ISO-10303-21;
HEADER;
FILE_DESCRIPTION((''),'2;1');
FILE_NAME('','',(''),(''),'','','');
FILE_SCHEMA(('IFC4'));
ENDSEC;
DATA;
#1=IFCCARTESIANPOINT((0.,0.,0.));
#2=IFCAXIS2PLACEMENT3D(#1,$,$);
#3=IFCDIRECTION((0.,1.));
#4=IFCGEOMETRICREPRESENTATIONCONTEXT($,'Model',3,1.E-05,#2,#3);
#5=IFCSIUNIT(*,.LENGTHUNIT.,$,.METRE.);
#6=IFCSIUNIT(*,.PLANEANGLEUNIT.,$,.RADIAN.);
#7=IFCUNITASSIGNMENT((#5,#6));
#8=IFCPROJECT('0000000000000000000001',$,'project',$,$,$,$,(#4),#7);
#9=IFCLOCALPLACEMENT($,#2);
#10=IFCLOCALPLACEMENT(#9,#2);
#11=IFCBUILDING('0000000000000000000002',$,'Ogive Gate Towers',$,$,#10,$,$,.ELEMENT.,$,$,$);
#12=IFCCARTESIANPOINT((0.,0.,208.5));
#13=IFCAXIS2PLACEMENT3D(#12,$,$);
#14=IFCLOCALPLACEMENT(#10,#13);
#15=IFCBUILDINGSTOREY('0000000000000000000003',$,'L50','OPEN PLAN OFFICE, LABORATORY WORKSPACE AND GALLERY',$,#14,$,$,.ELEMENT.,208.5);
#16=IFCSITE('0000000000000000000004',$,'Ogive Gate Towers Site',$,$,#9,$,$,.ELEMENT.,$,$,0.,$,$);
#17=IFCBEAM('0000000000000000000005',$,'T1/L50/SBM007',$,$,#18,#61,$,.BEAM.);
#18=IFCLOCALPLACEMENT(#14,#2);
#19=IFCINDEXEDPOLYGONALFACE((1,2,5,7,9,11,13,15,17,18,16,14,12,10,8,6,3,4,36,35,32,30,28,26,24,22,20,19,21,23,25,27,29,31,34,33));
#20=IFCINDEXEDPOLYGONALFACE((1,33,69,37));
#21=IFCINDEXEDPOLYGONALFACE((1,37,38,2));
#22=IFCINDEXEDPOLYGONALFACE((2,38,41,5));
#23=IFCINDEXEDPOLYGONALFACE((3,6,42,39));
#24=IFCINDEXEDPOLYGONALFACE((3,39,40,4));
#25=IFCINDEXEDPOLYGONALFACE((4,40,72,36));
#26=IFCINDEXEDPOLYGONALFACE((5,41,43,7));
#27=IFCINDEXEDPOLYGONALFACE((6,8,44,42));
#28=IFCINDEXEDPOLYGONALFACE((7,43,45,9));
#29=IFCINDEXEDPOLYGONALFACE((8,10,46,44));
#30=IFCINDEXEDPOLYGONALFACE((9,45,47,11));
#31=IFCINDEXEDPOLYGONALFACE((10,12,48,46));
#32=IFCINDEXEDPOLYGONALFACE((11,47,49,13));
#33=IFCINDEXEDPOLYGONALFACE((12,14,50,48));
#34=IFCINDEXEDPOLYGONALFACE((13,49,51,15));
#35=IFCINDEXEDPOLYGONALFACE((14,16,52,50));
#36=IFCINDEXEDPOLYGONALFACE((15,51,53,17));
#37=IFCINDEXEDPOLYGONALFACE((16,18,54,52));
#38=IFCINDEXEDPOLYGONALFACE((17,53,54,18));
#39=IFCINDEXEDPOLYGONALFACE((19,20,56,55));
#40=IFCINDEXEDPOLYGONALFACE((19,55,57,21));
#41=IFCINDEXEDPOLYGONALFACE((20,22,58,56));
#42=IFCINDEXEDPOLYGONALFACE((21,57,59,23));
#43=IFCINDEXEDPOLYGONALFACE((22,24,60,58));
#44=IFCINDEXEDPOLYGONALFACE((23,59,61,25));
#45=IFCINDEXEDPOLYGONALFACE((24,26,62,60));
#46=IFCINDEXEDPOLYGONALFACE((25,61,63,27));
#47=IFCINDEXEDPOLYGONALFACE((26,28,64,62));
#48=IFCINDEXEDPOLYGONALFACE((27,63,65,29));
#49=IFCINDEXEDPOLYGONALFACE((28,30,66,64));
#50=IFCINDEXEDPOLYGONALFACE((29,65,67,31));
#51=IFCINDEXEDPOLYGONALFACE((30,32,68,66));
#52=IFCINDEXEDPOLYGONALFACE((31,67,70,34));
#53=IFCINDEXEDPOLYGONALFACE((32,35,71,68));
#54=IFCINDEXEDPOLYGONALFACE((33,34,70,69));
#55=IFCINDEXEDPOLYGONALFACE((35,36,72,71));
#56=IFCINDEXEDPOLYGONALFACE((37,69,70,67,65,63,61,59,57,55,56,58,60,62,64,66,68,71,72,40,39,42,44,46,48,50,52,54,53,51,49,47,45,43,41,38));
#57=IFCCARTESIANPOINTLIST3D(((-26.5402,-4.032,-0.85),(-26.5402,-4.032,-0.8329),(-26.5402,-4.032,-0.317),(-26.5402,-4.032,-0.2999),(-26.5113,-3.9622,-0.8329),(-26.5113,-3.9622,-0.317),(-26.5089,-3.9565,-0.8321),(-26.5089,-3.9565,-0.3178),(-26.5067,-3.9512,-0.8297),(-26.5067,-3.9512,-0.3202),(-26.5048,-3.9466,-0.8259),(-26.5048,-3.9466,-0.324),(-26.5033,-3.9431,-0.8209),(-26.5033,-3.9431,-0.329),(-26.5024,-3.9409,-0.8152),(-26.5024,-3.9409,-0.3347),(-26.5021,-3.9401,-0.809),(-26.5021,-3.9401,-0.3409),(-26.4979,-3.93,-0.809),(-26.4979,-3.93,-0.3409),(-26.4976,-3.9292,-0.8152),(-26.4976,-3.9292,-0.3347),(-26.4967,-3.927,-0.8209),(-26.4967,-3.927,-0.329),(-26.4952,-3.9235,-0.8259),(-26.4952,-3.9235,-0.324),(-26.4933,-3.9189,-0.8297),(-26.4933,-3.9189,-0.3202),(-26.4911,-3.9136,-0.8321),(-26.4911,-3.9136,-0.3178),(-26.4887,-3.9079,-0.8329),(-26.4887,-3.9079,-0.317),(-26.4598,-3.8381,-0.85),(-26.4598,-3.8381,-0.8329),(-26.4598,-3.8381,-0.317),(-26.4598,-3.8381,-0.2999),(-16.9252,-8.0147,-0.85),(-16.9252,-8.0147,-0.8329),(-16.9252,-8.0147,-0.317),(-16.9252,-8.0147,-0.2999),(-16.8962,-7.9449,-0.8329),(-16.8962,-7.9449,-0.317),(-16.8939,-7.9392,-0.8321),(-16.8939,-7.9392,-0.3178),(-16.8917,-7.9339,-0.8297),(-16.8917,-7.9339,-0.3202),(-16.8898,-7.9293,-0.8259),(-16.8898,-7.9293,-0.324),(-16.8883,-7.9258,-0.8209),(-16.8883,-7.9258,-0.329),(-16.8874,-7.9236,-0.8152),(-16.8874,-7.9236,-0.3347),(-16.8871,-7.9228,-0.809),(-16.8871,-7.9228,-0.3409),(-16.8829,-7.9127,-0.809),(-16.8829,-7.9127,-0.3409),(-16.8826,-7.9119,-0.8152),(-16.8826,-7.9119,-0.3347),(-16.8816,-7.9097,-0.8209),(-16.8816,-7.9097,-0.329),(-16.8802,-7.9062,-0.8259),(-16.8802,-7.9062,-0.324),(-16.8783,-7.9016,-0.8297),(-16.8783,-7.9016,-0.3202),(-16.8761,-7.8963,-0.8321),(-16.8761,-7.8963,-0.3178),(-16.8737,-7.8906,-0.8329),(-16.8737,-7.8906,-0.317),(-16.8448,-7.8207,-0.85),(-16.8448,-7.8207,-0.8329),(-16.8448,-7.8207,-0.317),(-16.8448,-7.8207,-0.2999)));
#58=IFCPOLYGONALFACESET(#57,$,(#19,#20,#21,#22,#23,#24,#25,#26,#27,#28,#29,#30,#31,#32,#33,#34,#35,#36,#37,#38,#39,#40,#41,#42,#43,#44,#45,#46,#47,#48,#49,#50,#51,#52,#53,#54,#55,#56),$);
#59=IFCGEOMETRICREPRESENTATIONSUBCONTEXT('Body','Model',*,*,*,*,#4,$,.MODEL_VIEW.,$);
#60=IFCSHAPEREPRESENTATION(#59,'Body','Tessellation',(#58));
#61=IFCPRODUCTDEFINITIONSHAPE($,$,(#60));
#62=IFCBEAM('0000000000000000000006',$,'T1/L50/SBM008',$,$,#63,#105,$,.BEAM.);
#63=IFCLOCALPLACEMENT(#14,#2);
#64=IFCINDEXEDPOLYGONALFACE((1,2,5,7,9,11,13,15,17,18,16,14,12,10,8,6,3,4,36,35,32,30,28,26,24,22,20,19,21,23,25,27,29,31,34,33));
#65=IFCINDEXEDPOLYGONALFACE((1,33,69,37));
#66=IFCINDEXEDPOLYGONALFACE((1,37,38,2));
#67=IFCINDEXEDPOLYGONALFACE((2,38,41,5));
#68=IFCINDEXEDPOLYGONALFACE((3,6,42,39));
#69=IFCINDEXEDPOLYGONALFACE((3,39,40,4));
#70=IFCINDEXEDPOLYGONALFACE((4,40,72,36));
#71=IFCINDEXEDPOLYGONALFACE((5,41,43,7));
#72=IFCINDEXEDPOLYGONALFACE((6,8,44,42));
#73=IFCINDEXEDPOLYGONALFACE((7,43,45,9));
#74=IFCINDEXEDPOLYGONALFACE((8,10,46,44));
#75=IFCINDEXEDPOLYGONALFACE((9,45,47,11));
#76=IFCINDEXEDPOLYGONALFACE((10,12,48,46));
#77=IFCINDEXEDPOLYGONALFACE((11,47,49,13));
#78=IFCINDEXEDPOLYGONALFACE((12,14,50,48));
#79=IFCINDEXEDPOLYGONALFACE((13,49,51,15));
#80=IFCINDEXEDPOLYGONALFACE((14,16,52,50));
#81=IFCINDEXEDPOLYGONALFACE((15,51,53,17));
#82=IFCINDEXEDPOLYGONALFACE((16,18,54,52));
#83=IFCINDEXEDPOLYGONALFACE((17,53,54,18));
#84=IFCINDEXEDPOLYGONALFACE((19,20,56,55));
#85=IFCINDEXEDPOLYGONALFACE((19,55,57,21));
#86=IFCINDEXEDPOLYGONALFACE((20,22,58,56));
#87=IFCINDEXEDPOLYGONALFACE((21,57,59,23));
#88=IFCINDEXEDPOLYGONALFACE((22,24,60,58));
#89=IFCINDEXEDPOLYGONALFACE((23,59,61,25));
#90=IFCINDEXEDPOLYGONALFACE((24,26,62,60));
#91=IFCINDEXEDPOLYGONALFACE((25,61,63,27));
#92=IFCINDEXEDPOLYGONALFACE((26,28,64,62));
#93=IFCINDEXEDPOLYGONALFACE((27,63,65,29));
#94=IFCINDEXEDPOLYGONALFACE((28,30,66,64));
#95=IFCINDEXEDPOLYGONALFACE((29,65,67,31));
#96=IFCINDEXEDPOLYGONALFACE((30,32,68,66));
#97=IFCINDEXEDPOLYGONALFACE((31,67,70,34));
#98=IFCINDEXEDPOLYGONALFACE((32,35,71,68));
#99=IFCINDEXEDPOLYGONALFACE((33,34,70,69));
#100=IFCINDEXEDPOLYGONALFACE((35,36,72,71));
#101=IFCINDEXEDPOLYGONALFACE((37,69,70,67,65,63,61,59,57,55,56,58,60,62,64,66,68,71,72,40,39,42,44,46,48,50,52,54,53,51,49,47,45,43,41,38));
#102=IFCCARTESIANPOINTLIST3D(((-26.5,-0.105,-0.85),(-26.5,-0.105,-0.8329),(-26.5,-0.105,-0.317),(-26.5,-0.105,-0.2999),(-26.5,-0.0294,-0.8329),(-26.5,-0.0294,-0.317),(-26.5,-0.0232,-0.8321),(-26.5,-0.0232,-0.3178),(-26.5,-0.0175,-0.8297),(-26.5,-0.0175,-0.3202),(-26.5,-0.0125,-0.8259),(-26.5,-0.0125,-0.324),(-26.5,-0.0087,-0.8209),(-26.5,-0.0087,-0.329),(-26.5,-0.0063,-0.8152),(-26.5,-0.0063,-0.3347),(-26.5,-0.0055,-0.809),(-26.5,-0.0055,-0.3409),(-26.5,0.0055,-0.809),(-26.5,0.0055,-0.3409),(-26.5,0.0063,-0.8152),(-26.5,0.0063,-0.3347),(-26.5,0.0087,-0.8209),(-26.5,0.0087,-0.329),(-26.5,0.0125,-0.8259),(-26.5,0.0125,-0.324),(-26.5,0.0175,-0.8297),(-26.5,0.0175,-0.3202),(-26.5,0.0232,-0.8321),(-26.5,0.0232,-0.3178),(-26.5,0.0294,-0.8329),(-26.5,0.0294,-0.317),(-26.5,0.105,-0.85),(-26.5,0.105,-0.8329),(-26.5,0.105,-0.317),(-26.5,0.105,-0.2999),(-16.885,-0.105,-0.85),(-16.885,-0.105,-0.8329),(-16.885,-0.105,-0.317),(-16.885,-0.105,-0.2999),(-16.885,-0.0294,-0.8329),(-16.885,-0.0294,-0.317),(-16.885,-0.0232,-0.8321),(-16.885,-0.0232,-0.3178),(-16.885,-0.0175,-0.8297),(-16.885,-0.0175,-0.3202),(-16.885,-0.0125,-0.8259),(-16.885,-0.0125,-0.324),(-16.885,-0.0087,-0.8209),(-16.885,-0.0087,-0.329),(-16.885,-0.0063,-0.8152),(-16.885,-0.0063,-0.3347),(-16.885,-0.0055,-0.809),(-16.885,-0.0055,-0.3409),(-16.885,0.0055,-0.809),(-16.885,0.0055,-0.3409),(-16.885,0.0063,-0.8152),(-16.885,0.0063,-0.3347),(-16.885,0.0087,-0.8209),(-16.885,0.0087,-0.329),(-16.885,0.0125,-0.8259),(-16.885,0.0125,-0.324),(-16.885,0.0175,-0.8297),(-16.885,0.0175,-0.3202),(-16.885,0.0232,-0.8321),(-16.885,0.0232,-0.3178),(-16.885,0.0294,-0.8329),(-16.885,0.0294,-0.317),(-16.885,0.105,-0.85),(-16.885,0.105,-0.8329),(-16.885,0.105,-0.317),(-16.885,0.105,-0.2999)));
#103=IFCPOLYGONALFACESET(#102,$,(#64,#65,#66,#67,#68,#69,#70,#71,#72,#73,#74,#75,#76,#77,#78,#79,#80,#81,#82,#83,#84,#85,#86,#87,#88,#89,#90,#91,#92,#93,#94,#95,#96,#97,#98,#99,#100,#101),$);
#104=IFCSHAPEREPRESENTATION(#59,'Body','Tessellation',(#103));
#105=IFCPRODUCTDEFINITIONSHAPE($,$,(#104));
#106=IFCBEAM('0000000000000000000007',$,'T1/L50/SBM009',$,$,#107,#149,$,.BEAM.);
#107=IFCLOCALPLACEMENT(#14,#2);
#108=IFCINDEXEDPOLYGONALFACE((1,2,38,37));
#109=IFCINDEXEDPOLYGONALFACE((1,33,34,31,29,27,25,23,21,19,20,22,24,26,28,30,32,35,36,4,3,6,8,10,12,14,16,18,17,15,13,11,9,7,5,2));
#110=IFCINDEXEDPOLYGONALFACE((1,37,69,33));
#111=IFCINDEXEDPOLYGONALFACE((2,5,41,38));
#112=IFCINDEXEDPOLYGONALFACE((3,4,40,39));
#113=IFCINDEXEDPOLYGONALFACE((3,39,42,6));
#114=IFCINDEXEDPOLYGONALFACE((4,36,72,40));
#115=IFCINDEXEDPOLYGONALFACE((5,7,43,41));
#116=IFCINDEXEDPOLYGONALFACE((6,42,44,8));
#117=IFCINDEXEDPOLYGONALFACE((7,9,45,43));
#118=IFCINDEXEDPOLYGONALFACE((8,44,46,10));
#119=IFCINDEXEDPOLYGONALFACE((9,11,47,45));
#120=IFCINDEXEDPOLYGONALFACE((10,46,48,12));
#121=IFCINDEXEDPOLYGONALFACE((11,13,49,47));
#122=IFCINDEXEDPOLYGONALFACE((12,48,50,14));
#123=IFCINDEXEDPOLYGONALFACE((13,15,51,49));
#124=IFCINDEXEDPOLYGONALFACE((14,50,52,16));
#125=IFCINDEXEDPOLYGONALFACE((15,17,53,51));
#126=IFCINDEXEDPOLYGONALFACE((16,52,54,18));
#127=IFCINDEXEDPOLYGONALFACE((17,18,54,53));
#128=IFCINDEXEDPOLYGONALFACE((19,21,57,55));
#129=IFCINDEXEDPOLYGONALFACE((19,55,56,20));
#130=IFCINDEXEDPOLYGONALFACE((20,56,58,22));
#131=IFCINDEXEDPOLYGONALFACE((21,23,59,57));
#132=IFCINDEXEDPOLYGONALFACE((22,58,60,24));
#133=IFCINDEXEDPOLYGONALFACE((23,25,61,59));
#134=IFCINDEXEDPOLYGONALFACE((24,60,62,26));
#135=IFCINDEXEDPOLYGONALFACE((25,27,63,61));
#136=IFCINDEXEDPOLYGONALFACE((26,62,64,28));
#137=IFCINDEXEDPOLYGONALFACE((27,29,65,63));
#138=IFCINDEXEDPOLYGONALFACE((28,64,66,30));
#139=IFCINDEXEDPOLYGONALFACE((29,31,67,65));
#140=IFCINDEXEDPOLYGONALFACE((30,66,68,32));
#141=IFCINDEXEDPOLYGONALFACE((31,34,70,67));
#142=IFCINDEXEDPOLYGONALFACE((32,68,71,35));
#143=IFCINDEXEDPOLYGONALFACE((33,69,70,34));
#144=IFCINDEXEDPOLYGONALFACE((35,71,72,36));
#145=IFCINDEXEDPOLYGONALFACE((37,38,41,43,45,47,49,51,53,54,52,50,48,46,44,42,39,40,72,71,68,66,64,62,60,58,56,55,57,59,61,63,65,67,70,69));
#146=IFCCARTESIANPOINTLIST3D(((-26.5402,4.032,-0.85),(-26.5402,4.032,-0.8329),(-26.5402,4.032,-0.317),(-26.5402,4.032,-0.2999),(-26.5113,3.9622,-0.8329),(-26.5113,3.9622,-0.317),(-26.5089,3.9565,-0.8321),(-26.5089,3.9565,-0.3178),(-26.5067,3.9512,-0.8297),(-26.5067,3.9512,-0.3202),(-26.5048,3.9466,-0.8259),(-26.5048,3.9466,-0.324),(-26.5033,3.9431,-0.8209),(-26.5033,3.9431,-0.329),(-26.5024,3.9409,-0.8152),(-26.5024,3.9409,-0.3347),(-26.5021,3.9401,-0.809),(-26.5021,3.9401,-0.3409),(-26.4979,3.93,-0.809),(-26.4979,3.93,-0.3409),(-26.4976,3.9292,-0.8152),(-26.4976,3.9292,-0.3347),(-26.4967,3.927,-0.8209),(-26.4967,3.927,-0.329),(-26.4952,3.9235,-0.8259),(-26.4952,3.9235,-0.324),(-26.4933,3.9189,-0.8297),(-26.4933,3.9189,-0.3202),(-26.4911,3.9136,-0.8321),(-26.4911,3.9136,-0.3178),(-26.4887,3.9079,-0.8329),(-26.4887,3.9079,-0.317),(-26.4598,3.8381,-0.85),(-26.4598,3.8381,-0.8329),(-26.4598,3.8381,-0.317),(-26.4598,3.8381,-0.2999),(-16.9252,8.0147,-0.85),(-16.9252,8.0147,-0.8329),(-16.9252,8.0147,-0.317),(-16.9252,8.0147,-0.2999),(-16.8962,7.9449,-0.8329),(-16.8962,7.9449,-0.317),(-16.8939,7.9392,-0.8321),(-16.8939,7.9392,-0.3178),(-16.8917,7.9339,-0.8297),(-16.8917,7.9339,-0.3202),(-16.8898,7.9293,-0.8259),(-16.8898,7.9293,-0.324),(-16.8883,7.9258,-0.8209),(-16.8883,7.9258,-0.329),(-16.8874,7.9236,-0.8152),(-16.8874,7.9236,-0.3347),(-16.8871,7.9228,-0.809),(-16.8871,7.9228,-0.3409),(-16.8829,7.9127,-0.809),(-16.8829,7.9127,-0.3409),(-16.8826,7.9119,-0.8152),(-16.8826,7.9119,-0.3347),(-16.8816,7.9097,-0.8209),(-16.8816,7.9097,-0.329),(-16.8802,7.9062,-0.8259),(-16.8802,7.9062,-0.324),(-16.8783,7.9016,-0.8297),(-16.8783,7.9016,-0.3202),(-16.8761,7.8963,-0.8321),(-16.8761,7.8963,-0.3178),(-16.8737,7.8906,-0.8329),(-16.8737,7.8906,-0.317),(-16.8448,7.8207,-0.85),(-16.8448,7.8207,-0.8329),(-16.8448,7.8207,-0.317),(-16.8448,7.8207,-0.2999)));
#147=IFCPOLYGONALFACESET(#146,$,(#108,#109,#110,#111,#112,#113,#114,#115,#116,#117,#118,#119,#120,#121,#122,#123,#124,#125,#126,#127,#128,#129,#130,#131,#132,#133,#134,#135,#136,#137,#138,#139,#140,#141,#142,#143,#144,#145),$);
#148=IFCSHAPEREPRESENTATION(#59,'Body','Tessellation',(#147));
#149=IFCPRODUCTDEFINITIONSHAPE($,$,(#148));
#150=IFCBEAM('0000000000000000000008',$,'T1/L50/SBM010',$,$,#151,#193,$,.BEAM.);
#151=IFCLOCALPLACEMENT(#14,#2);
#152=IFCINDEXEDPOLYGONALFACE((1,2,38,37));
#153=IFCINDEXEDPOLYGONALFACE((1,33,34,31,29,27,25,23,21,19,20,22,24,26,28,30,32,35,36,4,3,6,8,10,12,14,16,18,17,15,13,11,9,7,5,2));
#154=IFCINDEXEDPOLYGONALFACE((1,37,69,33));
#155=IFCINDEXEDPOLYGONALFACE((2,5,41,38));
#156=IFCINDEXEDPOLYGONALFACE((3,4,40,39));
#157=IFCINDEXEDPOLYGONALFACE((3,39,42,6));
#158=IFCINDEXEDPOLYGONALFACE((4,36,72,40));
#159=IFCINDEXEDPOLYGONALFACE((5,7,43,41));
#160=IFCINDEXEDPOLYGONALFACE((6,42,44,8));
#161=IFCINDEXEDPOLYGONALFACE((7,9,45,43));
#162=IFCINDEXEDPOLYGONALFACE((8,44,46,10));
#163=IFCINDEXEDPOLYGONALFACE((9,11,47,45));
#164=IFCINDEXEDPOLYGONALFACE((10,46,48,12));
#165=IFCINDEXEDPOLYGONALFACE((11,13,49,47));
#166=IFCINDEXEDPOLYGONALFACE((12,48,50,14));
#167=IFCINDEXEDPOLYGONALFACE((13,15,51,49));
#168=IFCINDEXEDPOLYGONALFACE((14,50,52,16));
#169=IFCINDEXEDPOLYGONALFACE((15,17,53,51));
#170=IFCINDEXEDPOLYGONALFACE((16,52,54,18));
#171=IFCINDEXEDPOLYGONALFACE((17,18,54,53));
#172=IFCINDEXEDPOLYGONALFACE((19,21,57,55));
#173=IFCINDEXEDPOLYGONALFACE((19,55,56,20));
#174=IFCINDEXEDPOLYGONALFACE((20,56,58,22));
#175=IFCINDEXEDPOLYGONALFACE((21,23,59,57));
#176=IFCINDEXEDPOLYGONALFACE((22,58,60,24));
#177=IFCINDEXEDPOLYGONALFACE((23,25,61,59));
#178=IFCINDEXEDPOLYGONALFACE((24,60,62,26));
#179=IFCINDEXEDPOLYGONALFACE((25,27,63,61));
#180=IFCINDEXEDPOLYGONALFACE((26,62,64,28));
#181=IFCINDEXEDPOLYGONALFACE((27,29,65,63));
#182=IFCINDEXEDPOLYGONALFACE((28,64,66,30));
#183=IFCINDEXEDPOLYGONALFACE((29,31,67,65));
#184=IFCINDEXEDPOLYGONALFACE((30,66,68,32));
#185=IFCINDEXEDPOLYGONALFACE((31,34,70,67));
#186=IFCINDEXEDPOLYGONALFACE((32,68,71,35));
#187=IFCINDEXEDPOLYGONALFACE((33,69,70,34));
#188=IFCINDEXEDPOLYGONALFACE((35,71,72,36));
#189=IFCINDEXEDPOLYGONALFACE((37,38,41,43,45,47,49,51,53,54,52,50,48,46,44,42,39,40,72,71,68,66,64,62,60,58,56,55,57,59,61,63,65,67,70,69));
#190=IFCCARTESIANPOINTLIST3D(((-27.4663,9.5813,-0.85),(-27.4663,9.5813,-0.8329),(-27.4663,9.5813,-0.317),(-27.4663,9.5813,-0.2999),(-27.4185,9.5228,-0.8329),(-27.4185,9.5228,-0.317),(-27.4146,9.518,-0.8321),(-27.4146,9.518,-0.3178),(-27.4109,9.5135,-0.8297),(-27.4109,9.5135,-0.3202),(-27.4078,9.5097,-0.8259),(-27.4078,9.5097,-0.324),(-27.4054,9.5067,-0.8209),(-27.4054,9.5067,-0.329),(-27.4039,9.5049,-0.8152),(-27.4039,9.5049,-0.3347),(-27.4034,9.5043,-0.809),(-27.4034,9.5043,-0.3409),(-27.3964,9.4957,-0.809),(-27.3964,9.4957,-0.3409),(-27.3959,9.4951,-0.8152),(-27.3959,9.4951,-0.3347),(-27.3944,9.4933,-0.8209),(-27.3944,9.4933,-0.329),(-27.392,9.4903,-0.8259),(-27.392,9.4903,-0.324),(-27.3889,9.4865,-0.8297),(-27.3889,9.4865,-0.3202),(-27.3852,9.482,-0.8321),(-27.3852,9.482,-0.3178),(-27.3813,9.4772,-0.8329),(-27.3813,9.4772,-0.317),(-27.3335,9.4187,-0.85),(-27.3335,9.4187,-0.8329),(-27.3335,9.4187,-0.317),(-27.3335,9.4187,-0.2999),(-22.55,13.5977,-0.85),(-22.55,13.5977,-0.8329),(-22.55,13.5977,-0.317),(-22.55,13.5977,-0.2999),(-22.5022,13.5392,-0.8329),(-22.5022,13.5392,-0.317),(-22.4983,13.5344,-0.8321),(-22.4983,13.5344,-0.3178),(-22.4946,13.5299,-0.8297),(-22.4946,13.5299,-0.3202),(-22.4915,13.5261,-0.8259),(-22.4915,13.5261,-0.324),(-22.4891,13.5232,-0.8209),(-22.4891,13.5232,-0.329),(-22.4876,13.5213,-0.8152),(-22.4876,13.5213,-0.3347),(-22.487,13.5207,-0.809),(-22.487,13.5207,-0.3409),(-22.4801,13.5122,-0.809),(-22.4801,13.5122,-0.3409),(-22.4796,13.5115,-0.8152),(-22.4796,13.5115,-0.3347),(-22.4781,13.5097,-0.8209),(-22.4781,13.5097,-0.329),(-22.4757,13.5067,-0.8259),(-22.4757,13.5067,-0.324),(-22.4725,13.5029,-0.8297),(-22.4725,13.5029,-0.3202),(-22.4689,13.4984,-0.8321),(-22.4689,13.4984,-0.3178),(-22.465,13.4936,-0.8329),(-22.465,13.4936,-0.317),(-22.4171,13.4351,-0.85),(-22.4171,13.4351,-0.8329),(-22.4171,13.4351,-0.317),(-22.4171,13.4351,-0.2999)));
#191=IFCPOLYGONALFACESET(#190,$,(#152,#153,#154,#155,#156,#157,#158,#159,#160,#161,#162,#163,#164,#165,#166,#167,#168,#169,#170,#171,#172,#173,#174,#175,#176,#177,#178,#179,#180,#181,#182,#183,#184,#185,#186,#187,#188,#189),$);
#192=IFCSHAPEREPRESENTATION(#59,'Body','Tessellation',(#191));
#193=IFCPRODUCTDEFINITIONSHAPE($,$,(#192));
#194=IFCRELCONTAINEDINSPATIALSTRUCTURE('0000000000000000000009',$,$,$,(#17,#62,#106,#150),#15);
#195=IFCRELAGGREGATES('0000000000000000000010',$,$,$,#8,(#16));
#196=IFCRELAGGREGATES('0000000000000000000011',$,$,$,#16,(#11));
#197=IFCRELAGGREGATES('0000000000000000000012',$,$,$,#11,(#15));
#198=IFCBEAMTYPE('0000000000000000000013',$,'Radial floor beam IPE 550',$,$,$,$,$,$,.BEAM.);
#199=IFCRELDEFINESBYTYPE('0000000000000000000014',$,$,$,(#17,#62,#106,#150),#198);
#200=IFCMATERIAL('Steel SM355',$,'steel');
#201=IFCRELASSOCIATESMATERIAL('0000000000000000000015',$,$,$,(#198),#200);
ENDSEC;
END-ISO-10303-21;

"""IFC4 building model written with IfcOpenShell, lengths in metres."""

from ifc_helpers import new_model, si_unit, direction, frame, origin, origin_2d, place, context, subcontext, project, spatial, i_section, extrude, material, material_profile, profile_set, type_object, element, save


model = new_model("IFC4")

# Units and contexts
model_context = context("Model", 3, precision=1e-05, world=origin(), true_north=direction((0.0, 1.0)))
body_context = subcontext(model_context, "Body", "Model", "MODEL_VIEW")
ifc_project = project(units=[si_unit("LENGTHUNIT", "METRE"), si_unit("PLANEANGLEUNIT", "RADIAN")], contexts=[model_context])

# Site, building, storey
site_placement = place(None, origin())
site = spatial("IfcSite", under=ifc_project, at=site_placement, Name="Ogive Gate Towers Site", CompositionType="ELEMENT", RefElevation=0.0)
building_placement = place(site_placement, origin())
building = spatial("IfcBuilding", under=site, at=building_placement, Name="Ogive Gate Towers", CompositionType="ELEMENT")
storey_placement = place(building_placement, frame((0.0, 0.0, 208.5)))
storey = spatial("IfcBuildingStorey", under=building, at=storey_placement, Name="L50", Description="OPEN PLAN OFFICE, LABORATORY WORKSPACE AND GALLERY", CompositionType="ELEMENT", Elevation=208.5)

# Beams
ifc_material_1 = material(Name="Steel SM355", Category="steel")
ifc_material_profile_1 = material_profile(ifc_material_1, i_section(OverallWidth=0.21, OverallDepth=0.55, WebThickness=0.011, FlangeThickness=0.0171, FilletRadius=0.0239, at=origin_2d()), Name="IPE 550")
ifc_profile_set_1 = profile_set([ifc_material_profile_1], Name="Steel SM355")
beam_type = type_object("IfcBeamType", Name="Radial floor beam IPE 550", PredefinedType="BEAM", material=ifc_profile_set_1)
beam_1_placement = place(storey_placement, frame((-26.5, -3.9351, -0.575), z_axis=(0.923879, -0.382684, 0.0), x_axis=(0.382684, 0.923879, 0.0)))
element("IfcBeam", 1, at=beam_1_placement, inside=storey, type_object=beam_type, Name="T1/L50/SBM007", PredefinedType="BEAM", context=body_context, shape_type="SweptSolid", body=[
    extrude(i_section(OverallWidth=0.21, OverallDepth=0.55, WebThickness=0.011, FlangeThickness=0.0171, FilletRadius=0.0239, at=origin_2d()), origin(), (0.0, 0.0, 1.0), 10.4072),
])
beam_2_placement = place(storey_placement, frame((-26.5, 0.0, -0.575), z_axis=(1.0, 0.0, 0.0), x_axis=(0.0, 1.0, 0.0)))
element("IfcBeam", 2, at=beam_2_placement, inside=storey, type_object=beam_type, Name="T1/L50/SBM008", PredefinedType="BEAM", context=body_context, shape_type="SweptSolid", body=[
    extrude(i_section(OverallWidth=0.21, OverallDepth=0.55, WebThickness=0.011, FlangeThickness=0.0171, FilletRadius=0.0239, at=origin_2d()), origin(), (0.0, 0.0, 1.0), 9.615),
])
beam_3_placement = place(storey_placement, frame((-26.5, 3.9351, -0.575), z_axis=(0.923879, 0.382684, 0.0), x_axis=(-0.382684, 0.923879, 0.0)))
element("IfcBeam", 3, at=beam_3_placement, inside=storey, type_object=beam_type, Name="T1/L50/SBM009", PredefinedType="BEAM", context=body_context, shape_type="SweptSolid", body=[
    extrude(i_section(OverallWidth=0.21, OverallDepth=0.55, WebThickness=0.011, FlangeThickness=0.0171, FilletRadius=0.0239, at=origin_2d()), origin(), (0.0, 0.0, 1.0), 10.4072),
])
beam_4_placement = place(storey_placement, frame((-27.3999, 9.5, -0.575), z_axis=(0.774423, 0.632668, 0.0), x_axis=(-0.632668, 0.774423, 0.0)))
element("IfcBeam", 4, at=beam_4_placement, inside=storey, type_object=beam_type, Name="T1/L50/SBM010", PredefinedType="BEAM", context=body_context, shape_type="SweptSolid", body=[
    extrude(i_section(OverallWidth=0.21, OverallDepth=0.55, WebThickness=0.011, FlangeThickness=0.0171, FilletRadius=0.0239, at=origin_2d()), origin(), (0.0, 0.0, 1.0), 6.3484),
])

save(model, "model.ifc")
